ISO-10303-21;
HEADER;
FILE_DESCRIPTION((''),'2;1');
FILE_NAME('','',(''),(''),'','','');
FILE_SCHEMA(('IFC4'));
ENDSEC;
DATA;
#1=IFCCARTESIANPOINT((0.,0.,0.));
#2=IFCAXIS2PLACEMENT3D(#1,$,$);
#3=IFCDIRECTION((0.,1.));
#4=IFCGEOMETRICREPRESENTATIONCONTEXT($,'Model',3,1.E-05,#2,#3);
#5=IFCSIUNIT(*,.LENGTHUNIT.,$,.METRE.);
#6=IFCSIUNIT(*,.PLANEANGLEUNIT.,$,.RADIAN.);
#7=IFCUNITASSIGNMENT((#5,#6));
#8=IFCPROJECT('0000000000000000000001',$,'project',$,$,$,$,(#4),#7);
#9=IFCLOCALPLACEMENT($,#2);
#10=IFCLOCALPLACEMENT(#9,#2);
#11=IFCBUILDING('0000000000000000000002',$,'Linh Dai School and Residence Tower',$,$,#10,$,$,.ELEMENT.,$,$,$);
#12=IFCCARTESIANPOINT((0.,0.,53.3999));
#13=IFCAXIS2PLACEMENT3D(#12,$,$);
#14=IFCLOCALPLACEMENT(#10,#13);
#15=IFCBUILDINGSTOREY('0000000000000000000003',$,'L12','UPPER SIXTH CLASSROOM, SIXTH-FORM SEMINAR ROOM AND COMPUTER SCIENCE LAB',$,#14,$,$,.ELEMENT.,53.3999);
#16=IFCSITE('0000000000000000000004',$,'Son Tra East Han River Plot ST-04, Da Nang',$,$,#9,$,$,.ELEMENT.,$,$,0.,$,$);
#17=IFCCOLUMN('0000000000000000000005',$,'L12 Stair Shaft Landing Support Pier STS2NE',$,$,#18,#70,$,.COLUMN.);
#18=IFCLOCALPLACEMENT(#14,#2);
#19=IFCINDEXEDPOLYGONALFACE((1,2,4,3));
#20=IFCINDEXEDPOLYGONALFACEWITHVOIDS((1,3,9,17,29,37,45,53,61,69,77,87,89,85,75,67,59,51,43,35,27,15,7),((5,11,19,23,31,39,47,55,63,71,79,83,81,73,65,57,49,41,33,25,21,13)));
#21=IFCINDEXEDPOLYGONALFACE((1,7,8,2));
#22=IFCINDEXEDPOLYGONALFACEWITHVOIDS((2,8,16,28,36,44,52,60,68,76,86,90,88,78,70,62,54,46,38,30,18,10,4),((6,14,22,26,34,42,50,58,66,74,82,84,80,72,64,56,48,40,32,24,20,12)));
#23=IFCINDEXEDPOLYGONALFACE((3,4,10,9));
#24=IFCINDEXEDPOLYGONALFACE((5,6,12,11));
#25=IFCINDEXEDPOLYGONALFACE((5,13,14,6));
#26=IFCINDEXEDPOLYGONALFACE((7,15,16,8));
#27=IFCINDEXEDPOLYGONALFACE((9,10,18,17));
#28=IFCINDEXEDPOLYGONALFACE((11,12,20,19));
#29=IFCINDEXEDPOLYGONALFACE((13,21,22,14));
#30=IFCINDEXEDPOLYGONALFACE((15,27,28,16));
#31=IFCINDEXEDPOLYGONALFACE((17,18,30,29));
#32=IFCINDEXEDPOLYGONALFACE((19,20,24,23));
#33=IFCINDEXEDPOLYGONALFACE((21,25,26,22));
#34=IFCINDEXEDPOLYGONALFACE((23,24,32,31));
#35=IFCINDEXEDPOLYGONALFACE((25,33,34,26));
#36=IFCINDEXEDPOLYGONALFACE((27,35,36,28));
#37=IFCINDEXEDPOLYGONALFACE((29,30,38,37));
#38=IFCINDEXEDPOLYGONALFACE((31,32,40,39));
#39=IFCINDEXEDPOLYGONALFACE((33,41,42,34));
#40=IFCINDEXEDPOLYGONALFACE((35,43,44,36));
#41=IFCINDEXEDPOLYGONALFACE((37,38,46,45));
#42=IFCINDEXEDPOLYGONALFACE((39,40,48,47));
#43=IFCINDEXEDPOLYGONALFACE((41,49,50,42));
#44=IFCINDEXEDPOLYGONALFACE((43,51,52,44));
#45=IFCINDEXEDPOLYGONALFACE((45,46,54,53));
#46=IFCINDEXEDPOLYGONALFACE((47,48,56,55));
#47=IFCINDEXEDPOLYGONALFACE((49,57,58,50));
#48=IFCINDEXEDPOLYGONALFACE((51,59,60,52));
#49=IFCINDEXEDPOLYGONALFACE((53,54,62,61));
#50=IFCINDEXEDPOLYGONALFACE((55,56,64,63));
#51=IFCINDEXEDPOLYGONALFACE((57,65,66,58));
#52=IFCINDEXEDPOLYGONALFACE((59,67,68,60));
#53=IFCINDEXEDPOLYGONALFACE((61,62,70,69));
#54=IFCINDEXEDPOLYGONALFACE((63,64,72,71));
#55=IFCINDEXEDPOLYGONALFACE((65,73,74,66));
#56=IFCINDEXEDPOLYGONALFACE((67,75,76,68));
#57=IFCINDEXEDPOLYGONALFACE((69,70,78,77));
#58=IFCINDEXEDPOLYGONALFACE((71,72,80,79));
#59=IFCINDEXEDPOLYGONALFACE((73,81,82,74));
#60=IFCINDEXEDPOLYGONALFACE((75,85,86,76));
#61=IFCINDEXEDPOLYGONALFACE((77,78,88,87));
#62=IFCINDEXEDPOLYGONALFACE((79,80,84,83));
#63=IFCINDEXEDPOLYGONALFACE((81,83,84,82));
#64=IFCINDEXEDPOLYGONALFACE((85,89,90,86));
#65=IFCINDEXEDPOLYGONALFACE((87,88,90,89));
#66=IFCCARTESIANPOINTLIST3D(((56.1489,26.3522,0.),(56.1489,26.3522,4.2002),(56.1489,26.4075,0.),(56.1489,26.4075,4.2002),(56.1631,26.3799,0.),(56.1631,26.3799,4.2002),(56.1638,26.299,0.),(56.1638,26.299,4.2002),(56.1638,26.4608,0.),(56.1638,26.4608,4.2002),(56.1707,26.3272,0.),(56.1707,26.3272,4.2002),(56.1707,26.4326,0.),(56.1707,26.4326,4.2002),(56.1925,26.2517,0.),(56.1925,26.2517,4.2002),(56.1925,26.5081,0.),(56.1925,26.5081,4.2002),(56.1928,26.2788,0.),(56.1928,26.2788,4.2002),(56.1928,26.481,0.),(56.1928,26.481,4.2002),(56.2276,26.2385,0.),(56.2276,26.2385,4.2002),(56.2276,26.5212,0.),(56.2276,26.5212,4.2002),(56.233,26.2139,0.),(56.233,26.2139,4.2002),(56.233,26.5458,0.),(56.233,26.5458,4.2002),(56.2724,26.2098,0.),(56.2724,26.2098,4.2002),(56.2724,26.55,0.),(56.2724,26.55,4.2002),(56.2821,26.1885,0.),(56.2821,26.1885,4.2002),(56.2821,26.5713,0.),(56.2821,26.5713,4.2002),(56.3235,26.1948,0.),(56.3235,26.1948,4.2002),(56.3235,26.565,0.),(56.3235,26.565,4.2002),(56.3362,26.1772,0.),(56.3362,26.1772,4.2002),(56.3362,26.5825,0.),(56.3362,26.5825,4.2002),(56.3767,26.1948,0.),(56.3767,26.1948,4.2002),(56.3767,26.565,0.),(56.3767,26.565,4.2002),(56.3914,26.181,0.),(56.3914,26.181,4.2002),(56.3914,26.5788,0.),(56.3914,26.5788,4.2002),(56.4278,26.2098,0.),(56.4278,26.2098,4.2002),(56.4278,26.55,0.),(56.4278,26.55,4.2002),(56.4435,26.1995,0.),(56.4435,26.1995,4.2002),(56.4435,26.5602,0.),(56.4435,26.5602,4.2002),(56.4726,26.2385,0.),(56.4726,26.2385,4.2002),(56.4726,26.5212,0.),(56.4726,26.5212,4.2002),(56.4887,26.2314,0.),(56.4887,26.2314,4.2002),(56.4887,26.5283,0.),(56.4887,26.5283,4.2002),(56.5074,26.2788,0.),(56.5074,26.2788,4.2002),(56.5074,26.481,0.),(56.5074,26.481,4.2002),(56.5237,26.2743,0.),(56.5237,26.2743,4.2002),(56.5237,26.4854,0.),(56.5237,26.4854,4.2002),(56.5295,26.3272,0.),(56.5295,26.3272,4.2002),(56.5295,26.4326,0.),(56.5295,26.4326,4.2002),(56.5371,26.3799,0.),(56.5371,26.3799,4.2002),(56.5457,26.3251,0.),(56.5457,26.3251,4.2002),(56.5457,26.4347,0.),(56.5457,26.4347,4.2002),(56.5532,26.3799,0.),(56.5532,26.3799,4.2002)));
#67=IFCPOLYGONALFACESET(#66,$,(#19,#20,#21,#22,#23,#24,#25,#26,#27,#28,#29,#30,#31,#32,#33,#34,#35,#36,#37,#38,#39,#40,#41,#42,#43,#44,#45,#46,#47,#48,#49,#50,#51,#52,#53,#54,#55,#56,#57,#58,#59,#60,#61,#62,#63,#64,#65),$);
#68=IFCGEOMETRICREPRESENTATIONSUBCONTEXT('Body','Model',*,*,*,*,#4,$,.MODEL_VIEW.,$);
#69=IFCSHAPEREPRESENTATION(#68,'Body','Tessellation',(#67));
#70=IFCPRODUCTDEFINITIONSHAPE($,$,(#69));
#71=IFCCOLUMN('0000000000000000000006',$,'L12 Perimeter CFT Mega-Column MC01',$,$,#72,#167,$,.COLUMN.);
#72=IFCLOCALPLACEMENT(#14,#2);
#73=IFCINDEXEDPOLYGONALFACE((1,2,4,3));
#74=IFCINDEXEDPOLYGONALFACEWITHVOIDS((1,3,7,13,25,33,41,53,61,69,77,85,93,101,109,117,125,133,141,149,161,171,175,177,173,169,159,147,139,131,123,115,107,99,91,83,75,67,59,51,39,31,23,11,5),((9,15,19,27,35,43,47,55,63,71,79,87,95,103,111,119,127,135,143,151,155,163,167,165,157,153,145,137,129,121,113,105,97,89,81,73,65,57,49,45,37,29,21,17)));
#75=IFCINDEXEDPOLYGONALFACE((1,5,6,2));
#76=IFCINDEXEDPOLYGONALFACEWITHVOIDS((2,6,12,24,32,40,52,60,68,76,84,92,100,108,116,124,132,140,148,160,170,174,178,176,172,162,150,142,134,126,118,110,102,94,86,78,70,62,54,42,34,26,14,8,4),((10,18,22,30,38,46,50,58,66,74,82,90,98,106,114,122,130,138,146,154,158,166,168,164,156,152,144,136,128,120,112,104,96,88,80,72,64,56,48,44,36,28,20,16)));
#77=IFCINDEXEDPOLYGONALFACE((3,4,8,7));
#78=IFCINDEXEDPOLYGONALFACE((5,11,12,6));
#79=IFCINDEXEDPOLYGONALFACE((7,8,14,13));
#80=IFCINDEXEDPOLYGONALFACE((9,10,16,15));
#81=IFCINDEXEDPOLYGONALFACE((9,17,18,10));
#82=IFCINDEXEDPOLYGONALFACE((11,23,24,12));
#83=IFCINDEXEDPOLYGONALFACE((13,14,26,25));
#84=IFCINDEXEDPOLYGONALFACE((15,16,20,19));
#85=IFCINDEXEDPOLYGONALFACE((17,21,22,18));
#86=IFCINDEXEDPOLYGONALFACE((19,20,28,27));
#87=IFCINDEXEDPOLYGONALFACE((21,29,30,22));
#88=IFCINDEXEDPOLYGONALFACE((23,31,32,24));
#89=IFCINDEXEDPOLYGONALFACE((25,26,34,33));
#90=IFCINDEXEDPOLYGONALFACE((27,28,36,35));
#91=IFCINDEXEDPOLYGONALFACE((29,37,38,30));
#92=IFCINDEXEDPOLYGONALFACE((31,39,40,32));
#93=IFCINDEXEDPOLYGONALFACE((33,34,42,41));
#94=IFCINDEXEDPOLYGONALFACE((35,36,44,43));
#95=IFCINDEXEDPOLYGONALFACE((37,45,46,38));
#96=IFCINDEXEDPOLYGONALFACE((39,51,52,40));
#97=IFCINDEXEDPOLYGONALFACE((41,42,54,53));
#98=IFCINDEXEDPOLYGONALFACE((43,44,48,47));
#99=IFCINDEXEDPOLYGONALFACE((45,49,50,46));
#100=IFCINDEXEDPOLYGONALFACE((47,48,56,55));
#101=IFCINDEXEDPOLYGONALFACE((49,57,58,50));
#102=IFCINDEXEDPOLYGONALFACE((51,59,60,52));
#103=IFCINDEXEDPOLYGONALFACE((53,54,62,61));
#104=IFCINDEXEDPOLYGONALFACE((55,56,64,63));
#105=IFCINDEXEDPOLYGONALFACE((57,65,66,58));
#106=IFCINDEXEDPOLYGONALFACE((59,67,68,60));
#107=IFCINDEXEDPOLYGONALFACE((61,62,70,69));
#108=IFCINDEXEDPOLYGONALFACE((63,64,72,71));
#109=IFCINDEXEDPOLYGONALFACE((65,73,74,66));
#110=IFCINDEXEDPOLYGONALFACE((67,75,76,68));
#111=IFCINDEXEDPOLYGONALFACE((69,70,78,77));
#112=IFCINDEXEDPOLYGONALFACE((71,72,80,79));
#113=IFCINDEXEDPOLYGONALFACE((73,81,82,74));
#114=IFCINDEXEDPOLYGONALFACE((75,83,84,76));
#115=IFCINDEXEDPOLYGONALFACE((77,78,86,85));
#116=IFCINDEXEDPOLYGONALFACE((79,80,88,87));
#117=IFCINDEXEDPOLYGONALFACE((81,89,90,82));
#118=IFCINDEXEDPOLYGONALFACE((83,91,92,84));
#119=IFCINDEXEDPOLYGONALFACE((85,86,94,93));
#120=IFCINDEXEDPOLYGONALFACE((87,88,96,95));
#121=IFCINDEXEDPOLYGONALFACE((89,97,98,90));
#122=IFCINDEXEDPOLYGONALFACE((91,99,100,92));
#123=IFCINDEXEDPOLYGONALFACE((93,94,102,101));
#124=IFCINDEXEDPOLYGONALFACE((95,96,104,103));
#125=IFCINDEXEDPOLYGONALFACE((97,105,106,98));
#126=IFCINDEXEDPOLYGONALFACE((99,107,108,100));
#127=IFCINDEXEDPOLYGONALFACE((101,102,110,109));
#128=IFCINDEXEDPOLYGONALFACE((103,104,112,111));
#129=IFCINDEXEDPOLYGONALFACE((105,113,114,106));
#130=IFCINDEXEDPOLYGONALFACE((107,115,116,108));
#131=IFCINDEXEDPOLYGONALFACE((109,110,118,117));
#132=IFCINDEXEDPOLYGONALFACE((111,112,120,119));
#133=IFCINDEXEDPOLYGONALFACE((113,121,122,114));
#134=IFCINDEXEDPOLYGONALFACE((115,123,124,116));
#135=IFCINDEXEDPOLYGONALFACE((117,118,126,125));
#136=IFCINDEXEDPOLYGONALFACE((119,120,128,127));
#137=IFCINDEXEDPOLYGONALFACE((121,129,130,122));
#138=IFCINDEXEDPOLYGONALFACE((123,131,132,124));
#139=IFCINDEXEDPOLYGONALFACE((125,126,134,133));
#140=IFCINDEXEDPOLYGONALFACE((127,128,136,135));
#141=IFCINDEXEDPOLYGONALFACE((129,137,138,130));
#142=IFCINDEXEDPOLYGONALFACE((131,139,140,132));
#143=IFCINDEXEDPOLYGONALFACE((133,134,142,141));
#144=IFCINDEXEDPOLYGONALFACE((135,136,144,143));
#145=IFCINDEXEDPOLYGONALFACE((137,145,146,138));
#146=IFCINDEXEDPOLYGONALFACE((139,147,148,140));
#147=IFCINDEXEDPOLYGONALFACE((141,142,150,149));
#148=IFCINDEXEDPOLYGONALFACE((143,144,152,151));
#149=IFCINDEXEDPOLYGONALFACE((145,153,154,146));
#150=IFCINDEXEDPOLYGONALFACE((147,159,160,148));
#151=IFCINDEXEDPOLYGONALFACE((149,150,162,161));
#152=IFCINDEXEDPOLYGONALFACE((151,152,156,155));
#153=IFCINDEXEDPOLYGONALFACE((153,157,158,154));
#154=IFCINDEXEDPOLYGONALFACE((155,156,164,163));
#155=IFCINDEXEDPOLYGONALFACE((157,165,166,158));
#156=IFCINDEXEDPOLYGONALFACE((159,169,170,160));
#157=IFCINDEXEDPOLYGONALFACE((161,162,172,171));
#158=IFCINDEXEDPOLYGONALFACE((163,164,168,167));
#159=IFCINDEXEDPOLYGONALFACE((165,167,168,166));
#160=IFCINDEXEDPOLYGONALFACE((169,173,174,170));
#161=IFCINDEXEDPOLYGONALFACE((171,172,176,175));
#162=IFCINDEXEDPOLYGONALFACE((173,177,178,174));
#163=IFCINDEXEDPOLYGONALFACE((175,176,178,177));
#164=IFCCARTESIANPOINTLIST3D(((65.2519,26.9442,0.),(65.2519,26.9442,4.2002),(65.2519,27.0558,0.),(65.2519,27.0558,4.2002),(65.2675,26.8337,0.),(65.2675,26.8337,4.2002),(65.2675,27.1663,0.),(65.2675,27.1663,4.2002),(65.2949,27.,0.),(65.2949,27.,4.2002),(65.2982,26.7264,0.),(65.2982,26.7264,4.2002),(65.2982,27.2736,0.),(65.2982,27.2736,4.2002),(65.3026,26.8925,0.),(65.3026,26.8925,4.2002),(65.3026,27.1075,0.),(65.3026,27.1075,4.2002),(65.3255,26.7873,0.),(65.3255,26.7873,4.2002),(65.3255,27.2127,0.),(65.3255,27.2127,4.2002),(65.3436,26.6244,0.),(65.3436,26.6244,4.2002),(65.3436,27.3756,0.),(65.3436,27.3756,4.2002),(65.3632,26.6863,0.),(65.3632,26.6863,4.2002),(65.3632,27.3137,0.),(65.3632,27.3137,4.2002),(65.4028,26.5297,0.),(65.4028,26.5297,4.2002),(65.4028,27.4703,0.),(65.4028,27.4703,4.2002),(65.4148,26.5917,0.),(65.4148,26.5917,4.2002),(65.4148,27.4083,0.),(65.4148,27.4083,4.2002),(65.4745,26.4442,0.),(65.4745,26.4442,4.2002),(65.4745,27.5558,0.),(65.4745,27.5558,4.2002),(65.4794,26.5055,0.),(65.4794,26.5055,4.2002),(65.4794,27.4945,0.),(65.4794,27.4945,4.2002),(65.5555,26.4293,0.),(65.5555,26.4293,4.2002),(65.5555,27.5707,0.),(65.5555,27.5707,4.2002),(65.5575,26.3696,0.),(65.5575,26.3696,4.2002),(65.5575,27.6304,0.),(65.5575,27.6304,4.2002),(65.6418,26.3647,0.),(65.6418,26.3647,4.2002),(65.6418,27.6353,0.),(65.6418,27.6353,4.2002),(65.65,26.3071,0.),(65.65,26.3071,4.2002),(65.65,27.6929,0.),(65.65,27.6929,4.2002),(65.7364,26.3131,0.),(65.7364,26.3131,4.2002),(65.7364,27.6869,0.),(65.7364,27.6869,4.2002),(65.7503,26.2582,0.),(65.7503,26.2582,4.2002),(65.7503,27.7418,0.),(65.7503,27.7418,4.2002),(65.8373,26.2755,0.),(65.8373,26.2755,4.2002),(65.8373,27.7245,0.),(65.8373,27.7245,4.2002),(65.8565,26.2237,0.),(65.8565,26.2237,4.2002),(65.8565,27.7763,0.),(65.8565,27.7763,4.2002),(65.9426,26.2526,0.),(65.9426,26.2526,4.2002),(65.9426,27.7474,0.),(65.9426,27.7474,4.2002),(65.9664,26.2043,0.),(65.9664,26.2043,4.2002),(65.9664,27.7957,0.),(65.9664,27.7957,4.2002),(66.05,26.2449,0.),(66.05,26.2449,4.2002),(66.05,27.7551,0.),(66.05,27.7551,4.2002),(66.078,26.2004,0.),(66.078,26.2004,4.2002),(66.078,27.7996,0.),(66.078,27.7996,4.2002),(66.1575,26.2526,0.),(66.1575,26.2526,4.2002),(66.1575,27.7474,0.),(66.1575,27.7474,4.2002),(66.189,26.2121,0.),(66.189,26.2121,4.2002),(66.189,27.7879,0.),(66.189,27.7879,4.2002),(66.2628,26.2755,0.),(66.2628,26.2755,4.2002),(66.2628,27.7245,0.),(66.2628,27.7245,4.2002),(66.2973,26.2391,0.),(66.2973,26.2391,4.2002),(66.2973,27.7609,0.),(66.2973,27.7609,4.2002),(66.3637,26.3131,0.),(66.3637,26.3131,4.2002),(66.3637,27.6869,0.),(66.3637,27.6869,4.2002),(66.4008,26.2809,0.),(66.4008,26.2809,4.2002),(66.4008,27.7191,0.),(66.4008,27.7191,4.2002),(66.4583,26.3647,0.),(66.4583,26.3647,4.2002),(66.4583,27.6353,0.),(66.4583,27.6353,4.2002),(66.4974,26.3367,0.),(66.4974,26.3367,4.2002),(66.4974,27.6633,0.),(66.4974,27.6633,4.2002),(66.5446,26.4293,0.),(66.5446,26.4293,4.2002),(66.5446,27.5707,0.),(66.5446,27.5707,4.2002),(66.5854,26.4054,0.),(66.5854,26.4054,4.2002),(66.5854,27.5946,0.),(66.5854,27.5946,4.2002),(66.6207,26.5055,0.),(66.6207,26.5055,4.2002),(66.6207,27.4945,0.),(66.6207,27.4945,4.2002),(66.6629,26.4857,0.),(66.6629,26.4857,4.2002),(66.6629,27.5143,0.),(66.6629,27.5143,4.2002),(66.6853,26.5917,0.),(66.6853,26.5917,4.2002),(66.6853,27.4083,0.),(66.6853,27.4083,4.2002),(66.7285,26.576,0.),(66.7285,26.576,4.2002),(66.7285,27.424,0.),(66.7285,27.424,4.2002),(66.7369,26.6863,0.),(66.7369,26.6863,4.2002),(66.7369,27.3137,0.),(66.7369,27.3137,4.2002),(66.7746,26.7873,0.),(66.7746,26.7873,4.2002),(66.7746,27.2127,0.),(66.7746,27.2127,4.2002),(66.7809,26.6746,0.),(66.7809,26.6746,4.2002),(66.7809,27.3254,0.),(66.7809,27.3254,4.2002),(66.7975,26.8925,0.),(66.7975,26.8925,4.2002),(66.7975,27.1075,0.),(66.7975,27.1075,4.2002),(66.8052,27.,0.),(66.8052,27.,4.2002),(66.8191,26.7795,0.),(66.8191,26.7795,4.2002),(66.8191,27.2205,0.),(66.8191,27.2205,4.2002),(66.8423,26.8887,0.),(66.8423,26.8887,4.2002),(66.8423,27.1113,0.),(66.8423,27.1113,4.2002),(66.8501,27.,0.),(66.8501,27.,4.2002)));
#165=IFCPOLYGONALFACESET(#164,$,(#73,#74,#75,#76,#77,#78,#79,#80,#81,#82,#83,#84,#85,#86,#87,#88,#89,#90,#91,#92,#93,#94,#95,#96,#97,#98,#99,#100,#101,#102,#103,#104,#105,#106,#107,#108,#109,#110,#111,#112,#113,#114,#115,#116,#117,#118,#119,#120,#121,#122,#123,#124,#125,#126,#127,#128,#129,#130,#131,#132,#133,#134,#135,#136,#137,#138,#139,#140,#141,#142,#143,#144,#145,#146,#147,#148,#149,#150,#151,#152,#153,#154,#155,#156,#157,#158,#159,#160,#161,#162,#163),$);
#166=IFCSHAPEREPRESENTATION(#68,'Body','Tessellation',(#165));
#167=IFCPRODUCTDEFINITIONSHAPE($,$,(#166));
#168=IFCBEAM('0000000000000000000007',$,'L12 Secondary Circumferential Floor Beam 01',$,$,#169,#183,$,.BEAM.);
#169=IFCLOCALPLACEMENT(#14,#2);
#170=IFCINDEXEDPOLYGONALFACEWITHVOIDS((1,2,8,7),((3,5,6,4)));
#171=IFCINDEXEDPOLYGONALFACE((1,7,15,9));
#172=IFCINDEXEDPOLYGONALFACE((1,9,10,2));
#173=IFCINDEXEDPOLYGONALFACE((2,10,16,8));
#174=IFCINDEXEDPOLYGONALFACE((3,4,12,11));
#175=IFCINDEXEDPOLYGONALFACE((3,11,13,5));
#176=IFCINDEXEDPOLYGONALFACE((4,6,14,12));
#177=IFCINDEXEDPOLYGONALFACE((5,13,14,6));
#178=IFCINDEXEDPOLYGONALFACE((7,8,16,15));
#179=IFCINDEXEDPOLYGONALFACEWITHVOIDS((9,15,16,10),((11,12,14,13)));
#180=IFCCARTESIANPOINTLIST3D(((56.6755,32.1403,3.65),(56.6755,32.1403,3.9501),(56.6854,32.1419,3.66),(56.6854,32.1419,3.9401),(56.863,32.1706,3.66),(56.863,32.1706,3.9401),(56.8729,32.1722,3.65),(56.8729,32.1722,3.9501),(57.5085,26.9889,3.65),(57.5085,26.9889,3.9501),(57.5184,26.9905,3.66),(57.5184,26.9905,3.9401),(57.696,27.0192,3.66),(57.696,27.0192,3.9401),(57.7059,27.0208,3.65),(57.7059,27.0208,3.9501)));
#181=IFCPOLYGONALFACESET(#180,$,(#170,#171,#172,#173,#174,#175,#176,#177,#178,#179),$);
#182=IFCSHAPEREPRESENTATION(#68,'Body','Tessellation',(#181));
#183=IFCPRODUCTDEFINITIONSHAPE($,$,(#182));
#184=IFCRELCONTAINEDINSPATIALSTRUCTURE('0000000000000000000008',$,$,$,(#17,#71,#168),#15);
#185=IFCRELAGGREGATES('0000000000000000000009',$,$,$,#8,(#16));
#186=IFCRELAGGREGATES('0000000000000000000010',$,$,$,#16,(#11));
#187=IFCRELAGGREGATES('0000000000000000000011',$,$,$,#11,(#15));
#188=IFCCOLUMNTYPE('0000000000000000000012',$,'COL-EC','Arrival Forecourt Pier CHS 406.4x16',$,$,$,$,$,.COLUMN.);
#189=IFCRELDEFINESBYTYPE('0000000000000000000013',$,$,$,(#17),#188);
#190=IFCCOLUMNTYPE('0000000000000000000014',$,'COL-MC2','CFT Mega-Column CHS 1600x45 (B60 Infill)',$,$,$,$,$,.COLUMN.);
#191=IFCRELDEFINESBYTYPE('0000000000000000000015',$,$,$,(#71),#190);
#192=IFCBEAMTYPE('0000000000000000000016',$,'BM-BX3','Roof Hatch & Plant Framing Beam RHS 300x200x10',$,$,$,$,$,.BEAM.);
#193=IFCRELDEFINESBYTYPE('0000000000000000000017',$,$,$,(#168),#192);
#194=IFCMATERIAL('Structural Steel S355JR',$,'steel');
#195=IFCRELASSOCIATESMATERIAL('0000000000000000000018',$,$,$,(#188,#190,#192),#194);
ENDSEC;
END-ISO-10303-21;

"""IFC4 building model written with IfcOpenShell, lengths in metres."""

from ifc_helpers import new_model, si_unit, direction, frame, origin, origin_2d, place, context, subcontext, project, spatial, hollow_rectangle, hollow_circle, extrude, material, material_profile, profile_set, type_object, element, save


model = new_model("IFC4")

# Units and contexts
model_context = context("Model", 3, precision=1e-05, world=origin(), true_north=direction((0.0, 1.0)))
body_context = subcontext(model_context, "Body", "Model", "MODEL_VIEW")
ifc_project = project(units=[si_unit("LENGTHUNIT", "METRE"), si_unit("PLANEANGLEUNIT", "RADIAN")], contexts=[model_context])

# Site, building, storey
site_placement = place(None, origin())
site = spatial("IfcSite", under=ifc_project, at=site_placement, Name="Son Tra East Han River Plot ST-04, Da Nang", CompositionType="ELEMENT", RefElevation=0.0)
building_placement = place(site_placement, origin())
building = spatial("IfcBuilding", under=site, at=building_placement, Name="Linh Dai School and Residence Tower", CompositionType="ELEMENT")
storey_placement = place(building_placement, frame((0.0, 0.0, 53.3999)))
storey = spatial("IfcBuildingStorey", under=building, at=storey_placement, Name="L12", Description="UPPER SIXTH CLASSROOM, SIXTH-FORM SEMINAR ROOM AND COMPUTER SCIENCE LAB", CompositionType="ELEMENT", Elevation=53.3999)

# Columns
ifc_material_1 = material(Name="Structural Steel S355JR", Category="steel")
ifc_material_profile_1 = material_profile(ifc_material_1, hollow_circle(Radius=0.2031, WallThickness=0.0161, at=origin_2d()), Name="CHS 406.4x16")
ifc_profile_set_1 = profile_set([ifc_material_profile_1], Name="Structural Steel S355JR")
column_type_1 = type_object("IfcColumnType", Name="COL-EC", Description="Arrival Forecourt Pier CHS 406.4x16", PredefinedType="COLUMN", material=ifc_profile_set_1)
column_1_placement = place(storey_placement, frame((56.3501, 26.3799, 0.0), z_axis=(0.0, 0.0, 1.0), x_axis=(1.0, 0.0, 0.0)))
element("IfcColumn", 1, at=column_1_placement, inside=storey, type_object=column_type_1, Name="L12 Stair Shaft Landing Support Pier STS2NE", PredefinedType="COLUMN", context=body_context, shape_type="SweptSolid", body=[
    extrude(hollow_circle(Radius=0.2031, WallThickness=0.0161, at=origin_2d()), origin(), (0.0, 0.0, 1.0), 4.2002),
])
ifc_material_profile_2 = material_profile(ifc_material_1, hollow_circle(Radius=0.8, WallThickness=0.0449, at=origin_2d()), Name="CHS 1600x45")
ifc_profile_set_2 = profile_set([ifc_material_profile_2], Name="Structural Steel S355JR")
column_type_2 = type_object("IfcColumnType", Name="COL-MC2", Description="CFT Mega-Column CHS 1600x45 (B60 Infill)", PredefinedType="COLUMN", material=ifc_profile_set_2)
column_2_placement = place(storey_placement, frame((66.05, 27.0, 0.0), z_axis=(0.0, 0.0, 1.0), x_axis=(1.0, 0.0, 0.0)))
element("IfcColumn", 2, at=column_2_placement, inside=storey, type_object=column_type_2, Name="L12 Perimeter CFT Mega-Column MC01", PredefinedType="COLUMN", context=body_context, shape_type="SweptSolid", body=[
    extrude(hollow_circle(Radius=0.8, WallThickness=0.0449, at=origin_2d()), origin(), (0.0, 0.0, 1.0), 4.2002),
])

# Beam
ifc_material_profile_3 = material_profile(ifc_material_1, hollow_rectangle(XDim=0.2, YDim=0.3, WallThickness=0.01, at=origin_2d()), Name="RHS 300x200x10")
ifc_profile_set_3 = profile_set([ifc_material_profile_3], Name="Structural Steel S355JR")
beam_type_1 = type_object("IfcBeamType", Name="BM-BX3", Description="Roof Hatch & Plant Framing Beam RHS 300x200x10", PredefinedType="BEAM", material=ifc_profile_set_3)
beam_1_placement = place(storey_placement, frame((57.6072, 27.0049, 3.8), z_axis=(-0.159633, 0.987177, 0.0), x_axis=(-0.987177, -0.159633, 0.0)))
element("IfcBeam", 3, at=beam_1_placement, inside=storey, type_object=beam_type_1, Name="L12 Secondary Circumferential Floor Beam 01", PredefinedType="BEAM", context=body_context, shape_type="SweptSolid", body=[
    extrude(hollow_rectangle(XDim=0.2, YDim=0.3, WallThickness=0.01, at=origin_2d()), origin(), (0.0, 0.0, 1.0), 5.2183),
])

save(model, "model.ifc")
